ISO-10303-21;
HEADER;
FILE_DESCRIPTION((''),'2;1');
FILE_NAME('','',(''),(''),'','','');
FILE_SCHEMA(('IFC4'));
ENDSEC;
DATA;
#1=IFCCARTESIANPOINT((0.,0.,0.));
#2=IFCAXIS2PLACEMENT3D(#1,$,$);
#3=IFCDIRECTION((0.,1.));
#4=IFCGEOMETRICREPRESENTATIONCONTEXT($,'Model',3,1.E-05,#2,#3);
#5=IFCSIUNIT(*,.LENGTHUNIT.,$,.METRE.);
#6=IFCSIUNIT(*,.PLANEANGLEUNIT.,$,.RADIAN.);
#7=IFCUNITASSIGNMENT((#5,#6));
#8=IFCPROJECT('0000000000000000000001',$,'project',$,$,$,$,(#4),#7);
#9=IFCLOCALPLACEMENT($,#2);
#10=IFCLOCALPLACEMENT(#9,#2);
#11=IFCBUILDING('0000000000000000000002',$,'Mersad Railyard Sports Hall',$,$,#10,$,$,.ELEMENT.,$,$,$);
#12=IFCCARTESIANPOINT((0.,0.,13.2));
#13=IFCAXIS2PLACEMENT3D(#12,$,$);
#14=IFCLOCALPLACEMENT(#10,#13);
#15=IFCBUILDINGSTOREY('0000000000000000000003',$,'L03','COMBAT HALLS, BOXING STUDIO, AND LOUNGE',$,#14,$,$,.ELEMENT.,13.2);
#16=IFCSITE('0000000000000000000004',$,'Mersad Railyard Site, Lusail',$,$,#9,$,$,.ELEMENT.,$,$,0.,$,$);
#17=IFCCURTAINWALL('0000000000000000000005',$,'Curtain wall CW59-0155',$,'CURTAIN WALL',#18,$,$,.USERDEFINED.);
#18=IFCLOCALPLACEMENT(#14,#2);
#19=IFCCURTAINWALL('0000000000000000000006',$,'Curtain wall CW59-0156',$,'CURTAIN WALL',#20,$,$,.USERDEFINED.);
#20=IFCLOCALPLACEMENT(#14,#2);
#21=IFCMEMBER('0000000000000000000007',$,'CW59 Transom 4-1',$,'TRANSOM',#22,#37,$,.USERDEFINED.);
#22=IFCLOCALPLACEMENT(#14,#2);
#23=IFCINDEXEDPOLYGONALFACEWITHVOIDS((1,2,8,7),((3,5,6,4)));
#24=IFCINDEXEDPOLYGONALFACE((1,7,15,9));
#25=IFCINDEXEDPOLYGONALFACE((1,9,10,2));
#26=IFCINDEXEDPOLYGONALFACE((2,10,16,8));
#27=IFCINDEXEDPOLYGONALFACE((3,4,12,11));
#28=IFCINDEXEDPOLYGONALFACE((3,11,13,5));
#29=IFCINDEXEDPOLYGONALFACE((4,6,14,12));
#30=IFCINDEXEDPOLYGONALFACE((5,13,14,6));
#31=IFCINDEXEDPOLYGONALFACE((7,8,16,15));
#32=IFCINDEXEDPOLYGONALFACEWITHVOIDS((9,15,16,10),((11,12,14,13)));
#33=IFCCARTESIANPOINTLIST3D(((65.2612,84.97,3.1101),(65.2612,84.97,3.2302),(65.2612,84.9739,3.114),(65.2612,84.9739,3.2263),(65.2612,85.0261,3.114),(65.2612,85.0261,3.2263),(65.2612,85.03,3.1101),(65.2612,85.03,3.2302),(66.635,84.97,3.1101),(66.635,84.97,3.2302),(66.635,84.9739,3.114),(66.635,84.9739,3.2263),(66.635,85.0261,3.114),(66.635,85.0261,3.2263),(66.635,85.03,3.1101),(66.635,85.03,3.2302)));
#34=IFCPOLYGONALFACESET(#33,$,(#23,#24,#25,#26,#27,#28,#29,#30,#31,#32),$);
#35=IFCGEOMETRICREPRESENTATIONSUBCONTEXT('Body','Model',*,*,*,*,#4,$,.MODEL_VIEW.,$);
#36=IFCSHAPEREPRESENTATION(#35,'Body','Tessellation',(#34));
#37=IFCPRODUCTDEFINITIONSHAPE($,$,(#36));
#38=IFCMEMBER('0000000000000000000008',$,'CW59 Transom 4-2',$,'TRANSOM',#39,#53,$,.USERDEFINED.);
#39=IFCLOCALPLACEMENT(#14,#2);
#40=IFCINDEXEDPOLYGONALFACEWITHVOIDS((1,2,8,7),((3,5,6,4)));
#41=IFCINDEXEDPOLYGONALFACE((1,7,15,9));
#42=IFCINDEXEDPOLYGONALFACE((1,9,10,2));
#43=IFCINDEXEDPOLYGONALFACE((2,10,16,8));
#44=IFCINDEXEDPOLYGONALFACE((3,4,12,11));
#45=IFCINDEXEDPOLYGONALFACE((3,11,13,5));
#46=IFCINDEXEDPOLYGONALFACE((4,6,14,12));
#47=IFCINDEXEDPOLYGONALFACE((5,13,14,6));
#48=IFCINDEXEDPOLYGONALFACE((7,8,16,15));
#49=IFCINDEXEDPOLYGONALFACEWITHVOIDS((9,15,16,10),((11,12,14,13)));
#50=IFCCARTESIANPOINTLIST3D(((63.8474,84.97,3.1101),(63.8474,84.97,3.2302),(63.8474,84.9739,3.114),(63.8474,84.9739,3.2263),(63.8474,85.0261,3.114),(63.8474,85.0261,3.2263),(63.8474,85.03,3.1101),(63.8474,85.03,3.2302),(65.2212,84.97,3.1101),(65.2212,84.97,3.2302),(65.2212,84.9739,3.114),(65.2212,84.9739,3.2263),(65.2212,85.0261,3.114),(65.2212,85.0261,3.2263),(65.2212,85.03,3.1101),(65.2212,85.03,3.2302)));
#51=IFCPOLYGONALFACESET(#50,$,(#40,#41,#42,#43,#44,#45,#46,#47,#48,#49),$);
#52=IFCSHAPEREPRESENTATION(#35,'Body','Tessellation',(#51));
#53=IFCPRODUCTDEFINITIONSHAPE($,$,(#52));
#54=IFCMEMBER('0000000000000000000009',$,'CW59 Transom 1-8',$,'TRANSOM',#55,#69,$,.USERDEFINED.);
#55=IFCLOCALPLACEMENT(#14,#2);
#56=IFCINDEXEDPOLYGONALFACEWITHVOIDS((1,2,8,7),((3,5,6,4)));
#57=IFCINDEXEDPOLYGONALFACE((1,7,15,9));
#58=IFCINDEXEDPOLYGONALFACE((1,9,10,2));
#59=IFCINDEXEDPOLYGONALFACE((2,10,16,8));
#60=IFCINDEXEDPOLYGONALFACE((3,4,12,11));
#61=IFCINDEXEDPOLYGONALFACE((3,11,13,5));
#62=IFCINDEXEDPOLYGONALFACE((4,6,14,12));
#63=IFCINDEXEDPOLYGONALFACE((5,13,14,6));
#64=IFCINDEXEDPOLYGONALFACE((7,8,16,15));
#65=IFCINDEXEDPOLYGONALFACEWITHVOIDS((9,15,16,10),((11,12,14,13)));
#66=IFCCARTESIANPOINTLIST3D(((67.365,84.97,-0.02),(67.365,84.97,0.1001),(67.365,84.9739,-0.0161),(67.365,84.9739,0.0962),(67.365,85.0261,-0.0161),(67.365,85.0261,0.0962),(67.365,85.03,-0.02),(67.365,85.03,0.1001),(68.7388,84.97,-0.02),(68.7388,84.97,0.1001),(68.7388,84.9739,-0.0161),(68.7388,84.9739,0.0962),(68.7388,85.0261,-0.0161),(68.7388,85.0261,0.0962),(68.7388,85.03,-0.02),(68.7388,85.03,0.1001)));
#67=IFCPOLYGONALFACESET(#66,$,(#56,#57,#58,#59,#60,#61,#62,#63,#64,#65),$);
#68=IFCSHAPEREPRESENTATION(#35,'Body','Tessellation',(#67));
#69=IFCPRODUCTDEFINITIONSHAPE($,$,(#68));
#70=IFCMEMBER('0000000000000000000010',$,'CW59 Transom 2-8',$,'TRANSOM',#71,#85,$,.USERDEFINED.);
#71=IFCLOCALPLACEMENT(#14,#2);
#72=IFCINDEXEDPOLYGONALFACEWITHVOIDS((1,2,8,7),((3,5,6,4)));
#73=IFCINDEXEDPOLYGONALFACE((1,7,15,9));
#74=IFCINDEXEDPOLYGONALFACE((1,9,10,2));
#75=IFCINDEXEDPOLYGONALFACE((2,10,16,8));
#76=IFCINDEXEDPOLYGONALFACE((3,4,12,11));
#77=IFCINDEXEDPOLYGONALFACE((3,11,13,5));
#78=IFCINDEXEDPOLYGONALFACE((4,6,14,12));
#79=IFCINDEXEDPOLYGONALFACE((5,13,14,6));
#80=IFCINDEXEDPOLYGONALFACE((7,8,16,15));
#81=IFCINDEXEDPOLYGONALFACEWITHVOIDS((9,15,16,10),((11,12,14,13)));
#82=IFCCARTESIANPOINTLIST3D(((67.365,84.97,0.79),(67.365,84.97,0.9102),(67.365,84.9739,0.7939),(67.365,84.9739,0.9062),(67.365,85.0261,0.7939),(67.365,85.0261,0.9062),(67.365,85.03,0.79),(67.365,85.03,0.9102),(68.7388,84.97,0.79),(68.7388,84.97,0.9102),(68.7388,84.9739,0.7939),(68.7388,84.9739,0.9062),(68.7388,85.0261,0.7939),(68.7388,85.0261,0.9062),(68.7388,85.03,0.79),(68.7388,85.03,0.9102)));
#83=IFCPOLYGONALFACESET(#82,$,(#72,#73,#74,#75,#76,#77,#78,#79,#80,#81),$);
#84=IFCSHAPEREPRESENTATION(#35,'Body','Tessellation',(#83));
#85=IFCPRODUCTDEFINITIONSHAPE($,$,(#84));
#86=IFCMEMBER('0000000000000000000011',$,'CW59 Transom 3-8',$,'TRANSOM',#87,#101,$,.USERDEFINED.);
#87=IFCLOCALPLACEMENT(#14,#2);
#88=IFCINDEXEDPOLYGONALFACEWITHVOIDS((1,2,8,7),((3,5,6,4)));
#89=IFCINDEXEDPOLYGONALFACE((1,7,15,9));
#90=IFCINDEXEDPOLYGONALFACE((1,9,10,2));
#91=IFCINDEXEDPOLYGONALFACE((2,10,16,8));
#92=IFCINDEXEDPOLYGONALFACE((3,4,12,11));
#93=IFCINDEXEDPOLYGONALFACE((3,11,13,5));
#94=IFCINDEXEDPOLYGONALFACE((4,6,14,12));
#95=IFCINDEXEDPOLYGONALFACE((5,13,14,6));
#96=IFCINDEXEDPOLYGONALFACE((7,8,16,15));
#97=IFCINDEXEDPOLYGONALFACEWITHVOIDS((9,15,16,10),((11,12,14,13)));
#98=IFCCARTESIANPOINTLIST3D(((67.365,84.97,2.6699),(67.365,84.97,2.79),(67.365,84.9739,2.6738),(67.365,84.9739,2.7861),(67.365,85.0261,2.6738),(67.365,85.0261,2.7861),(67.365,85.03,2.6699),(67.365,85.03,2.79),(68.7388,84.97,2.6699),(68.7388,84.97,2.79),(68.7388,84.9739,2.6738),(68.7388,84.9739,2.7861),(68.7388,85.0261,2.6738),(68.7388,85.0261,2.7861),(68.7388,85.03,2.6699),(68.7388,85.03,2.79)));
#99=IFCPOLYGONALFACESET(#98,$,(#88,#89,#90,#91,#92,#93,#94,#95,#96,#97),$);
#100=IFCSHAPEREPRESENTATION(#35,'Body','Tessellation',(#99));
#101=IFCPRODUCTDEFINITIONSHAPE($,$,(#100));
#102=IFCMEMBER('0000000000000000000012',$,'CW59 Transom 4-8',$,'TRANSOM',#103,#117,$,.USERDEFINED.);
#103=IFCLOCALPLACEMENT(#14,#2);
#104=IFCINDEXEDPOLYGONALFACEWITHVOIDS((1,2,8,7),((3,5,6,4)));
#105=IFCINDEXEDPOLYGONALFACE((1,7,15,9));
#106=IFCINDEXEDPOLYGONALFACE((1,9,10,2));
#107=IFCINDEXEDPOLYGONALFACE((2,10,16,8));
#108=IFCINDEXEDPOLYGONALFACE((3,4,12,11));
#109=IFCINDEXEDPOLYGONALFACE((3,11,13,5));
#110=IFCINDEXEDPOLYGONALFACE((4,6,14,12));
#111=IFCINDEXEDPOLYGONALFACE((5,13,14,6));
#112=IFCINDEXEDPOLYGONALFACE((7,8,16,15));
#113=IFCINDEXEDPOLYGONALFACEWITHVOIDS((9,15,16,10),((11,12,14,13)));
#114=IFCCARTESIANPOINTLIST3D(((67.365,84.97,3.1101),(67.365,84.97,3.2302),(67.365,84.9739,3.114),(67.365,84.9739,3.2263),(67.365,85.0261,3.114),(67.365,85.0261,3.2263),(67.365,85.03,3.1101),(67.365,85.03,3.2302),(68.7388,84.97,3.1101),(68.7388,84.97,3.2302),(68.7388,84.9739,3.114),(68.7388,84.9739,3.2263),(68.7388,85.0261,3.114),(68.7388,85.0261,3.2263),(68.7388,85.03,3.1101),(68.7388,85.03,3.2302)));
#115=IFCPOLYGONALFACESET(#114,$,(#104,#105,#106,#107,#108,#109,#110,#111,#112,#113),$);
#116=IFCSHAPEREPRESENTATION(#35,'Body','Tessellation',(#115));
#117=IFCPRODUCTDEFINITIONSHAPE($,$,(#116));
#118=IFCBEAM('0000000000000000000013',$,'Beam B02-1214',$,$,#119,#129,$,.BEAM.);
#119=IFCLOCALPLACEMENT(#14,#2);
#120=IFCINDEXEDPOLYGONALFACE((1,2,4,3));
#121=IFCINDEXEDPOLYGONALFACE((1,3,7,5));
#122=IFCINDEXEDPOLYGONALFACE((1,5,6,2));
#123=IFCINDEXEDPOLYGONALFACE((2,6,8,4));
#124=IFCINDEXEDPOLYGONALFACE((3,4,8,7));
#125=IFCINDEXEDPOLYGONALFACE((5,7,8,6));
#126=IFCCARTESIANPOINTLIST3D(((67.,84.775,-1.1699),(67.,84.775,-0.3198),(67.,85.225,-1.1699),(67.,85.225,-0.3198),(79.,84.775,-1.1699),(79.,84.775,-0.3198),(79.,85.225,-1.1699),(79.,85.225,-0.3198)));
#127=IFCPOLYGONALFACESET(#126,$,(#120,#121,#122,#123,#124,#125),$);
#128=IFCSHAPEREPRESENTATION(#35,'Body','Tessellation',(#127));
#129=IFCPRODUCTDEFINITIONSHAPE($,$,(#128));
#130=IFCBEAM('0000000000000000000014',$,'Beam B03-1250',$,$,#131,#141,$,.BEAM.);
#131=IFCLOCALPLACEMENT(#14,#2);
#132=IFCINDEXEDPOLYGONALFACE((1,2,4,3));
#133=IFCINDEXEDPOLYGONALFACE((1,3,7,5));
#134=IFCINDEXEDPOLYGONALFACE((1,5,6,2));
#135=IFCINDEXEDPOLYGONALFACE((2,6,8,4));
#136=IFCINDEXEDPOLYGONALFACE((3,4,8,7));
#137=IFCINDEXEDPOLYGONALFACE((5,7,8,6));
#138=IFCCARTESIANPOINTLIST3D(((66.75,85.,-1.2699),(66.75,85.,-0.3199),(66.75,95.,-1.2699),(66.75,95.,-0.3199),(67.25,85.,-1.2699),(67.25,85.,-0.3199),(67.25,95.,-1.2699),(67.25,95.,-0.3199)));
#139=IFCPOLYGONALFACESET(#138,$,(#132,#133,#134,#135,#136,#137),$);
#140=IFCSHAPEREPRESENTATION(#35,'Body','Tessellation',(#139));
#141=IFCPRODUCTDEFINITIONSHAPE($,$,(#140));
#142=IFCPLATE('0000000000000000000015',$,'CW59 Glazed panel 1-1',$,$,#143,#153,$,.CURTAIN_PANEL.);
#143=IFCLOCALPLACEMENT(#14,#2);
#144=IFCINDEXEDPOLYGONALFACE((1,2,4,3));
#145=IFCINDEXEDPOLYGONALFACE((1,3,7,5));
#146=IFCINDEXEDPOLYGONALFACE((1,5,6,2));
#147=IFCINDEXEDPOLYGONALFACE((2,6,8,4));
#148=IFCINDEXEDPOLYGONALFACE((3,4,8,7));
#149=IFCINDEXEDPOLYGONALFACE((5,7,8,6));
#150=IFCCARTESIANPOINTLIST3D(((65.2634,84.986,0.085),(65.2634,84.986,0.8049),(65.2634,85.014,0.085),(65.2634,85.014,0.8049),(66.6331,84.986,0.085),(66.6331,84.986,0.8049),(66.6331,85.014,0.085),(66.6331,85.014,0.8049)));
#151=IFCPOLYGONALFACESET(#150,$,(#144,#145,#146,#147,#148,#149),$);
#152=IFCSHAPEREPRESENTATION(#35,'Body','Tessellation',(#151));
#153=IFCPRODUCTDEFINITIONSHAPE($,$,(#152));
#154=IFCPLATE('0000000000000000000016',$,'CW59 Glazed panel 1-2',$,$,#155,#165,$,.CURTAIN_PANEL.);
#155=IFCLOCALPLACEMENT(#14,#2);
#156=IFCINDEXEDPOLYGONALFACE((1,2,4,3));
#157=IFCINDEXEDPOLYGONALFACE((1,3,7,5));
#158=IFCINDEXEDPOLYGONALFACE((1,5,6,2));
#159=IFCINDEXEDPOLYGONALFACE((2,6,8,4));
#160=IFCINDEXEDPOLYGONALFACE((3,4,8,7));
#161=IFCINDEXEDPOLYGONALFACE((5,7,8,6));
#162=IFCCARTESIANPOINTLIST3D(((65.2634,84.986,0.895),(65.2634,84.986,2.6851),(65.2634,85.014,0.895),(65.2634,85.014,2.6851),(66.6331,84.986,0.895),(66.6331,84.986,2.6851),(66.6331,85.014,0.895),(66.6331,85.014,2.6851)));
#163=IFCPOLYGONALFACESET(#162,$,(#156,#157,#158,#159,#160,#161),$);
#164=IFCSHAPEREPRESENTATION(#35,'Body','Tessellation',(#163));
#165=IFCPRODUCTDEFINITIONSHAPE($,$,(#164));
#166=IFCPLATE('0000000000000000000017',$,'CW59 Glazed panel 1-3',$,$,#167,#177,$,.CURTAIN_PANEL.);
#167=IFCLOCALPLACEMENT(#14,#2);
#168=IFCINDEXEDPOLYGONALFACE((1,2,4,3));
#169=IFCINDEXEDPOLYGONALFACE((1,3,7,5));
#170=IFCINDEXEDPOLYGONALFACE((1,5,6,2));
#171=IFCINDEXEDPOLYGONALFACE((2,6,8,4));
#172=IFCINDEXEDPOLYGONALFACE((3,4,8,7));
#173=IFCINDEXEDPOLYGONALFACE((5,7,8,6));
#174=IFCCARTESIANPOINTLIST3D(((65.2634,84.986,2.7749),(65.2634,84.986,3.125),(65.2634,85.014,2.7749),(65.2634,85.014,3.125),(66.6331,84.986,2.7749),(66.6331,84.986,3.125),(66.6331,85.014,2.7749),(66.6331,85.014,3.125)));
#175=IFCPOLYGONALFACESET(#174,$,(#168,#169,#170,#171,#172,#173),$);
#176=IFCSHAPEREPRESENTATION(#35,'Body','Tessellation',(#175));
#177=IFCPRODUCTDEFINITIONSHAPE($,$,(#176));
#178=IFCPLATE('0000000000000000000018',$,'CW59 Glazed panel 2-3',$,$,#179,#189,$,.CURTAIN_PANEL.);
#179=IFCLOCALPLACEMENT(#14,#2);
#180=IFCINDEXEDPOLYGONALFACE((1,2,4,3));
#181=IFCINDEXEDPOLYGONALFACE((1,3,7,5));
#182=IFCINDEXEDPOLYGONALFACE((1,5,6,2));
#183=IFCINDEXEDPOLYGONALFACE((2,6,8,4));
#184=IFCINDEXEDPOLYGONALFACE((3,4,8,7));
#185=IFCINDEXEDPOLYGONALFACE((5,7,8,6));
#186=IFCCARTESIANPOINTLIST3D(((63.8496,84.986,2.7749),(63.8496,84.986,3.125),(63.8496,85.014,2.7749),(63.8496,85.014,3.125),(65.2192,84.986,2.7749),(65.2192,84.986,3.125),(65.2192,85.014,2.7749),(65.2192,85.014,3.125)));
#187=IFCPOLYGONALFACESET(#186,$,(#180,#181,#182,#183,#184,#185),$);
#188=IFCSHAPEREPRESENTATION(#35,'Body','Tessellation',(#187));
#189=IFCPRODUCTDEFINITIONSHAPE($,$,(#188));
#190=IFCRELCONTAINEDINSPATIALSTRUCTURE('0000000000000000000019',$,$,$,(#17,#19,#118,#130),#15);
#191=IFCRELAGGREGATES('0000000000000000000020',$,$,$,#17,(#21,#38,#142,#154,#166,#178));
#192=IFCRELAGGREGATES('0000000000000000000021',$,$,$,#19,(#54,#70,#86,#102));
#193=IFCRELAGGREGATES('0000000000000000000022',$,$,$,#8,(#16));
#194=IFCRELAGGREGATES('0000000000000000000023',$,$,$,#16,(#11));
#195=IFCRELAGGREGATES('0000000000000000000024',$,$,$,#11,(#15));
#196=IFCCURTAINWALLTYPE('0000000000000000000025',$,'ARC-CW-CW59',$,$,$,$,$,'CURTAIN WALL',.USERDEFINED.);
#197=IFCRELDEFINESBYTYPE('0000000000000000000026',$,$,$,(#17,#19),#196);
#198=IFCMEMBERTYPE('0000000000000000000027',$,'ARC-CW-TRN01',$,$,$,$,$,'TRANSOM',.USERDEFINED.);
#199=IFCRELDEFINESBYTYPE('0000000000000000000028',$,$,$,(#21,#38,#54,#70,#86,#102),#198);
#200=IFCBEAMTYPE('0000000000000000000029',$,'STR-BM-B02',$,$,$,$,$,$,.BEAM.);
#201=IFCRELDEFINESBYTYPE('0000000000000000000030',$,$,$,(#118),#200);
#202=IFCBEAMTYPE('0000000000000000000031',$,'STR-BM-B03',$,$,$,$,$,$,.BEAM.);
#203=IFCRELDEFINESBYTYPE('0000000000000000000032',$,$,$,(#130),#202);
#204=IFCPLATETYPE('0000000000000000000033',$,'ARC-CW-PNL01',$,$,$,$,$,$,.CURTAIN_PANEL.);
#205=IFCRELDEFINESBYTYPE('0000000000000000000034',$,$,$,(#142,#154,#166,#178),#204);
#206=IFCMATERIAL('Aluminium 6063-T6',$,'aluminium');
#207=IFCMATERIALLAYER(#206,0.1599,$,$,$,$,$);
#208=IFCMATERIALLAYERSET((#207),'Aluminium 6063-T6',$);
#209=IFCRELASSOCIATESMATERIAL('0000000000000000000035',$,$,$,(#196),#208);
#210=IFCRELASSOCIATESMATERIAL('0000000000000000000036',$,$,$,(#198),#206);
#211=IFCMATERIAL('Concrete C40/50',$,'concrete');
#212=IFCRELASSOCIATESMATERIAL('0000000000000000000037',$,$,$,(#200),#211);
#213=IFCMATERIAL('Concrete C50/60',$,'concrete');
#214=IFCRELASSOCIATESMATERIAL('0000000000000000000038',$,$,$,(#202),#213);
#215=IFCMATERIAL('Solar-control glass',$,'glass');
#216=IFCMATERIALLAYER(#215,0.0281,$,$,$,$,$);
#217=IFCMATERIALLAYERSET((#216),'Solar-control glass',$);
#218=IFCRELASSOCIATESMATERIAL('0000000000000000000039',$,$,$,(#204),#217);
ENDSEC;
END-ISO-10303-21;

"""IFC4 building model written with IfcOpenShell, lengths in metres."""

from ifc_helpers import new_model, si_unit, direction, frame, origin, origin_2d, place, context, subcontext, project, spatial, rectangle, hollow_rectangle, extrude, material, layer, layer_set, material_profile, profile_set, type_object, element, aggregate, save


model = new_model("IFC4")

# Units and contexts
model_context = context("Model", 3, precision=1e-05, world=origin(), true_north=direction((0.0, 1.0)))
body_context = subcontext(model_context, "Body", "Model", "MODEL_VIEW")
ifc_project = project(units=[si_unit("LENGTHUNIT", "METRE"), si_unit("PLANEANGLEUNIT", "RADIAN")], contexts=[model_context])

# Site, building, storey
site_placement = place(None, origin())
site = spatial("IfcSite", under=ifc_project, at=site_placement, Name="Mersad Railyard Site, Lusail", CompositionType="ELEMENT", RefElevation=0.0)
building_placement = place(site_placement, origin())
building = spatial("IfcBuilding", under=site, at=building_placement, Name="Mersad Railyard Sports Hall", CompositionType="ELEMENT")
storey_placement = place(building_placement, frame((0.0, 0.0, 13.2)))
storey = spatial("IfcBuildingStorey", under=building, at=storey_placement, Name="L03", Description="COMBAT HALLS, BOXING STUDIO, AND LOUNGE", CompositionType="ELEMENT", Elevation=13.2)

# Shared definitions
ifc_material_1 = material(Name="Concrete C40/50", Category="concrete")

# Curtain walls
ifc_material_2 = material(Name="Aluminium 6063-T6", Category="aluminium")
ifc_layer_1 = layer(ifc_material_2, 0.1599)
ifc_layer_set_1 = layer_set([ifc_layer_1], Name="Aluminium 6063-T6")
curtain_wall_type = type_object("IfcCurtainWallType", Name="ARC-CW-CW59", ElementType="CURTAIN WALL", PredefinedType="USERDEFINED", material=ifc_layer_set_1)
curtain_wall_1_placement = place(storey_placement, origin())
curtain_wall_1 = element("IfcCurtainWall", 1, at=curtain_wall_1_placement, inside=storey, type_object=curtain_wall_type, Name="Curtain wall CW59-0155", ObjectType="CURTAIN WALL", PredefinedType="USERDEFINED")
curtain_wall_2_placement = place(storey_placement, origin())
curtain_wall_2 = element("IfcCurtainWall", 2, at=curtain_wall_2_placement, inside=storey, type_object=curtain_wall_type, Name="Curtain wall CW59-0156", ObjectType="CURTAIN WALL", PredefinedType="USERDEFINED")

# Members
ifc_material_profile_1 = material_profile(ifc_material_2, hollow_rectangle(XDim=0.0601, YDim=0.1201, WallThickness=0.0039, at=origin_2d()), Name="AL TRANSOM 60x120x4")
ifc_profile_set_1 = profile_set([ifc_material_profile_1], Name="Aluminium 6063-T6")
member_type_1 = type_object("IfcMemberType", Name="ARC-CW-TRN01", ElementType="TRANSOM", PredefinedType="USERDEFINED", material=ifc_profile_set_1)
member_1_placement = place(storey_placement, frame((66.635, 85.0, 3.1702), z_axis=(-1.0, 0.0, 0.0), x_axis=(0.0, -1.0, 0.0)))
member_1 = element("IfcMember", 3, at=member_1_placement, type_object=member_type_1, Name="CW59 Transom 4-1", ObjectType="TRANSOM", PredefinedType="USERDEFINED", context=body_context, shape_type="SweptSolid", body=[
    extrude(hollow_rectangle(XDim=0.0601, YDim=0.1201, WallThickness=0.0039, at=origin_2d()), origin(), (0.0, 0.0, 1.0), 1.3738),
])
member_2_placement = place(storey_placement, frame((65.2212, 85.0, 3.1702), z_axis=(-1.0, 0.0, 0.0), x_axis=(0.0, -1.0, 0.0)))
member_2 = element("IfcMember", 4, at=member_2_placement, type_object=member_type_1, Name="CW59 Transom 4-2", ObjectType="TRANSOM", PredefinedType="USERDEFINED", context=body_context, shape_type="SweptSolid", body=[
    extrude(hollow_rectangle(XDim=0.0601, YDim=0.1201, WallThickness=0.0039, at=origin_2d()), origin(), (0.0, 0.0, 1.0), 1.3738),
])
member_3_placement = place(storey_placement, frame((68.7388, 85.0, 0.04), z_axis=(-1.0, 0.0, 0.0), x_axis=(0.0, -1.0, 0.0)))
member_3 = element("IfcMember", 5, at=member_3_placement, type_object=member_type_1, Name="CW59 Transom 1-8", ObjectType="TRANSOM", PredefinedType="USERDEFINED", context=body_context, shape_type="SweptSolid", body=[
    extrude(hollow_rectangle(XDim=0.0601, YDim=0.1201, WallThickness=0.0039, at=origin_2d()), origin(), (0.0, 0.0, 1.0), 1.3738),
])
member_4_placement = place(storey_placement, frame((68.7388, 85.0, 0.8501), z_axis=(-1.0, 0.0, 0.0), x_axis=(0.0, -1.0, 0.0)))
member_4 = element("IfcMember", 6, at=member_4_placement, type_object=member_type_1, Name="CW59 Transom 2-8", ObjectType="TRANSOM", PredefinedType="USERDEFINED", context=body_context, shape_type="SweptSolid", body=[
    extrude(hollow_rectangle(XDim=0.0601, YDim=0.1201, WallThickness=0.0039, at=origin_2d()), origin(), (0.0, 0.0, 1.0), 1.3738),
])
member_5_placement = place(storey_placement, frame((68.7388, 85.0, 2.73), z_axis=(-1.0, 0.0, 0.0), x_axis=(0.0, -1.0, 0.0)))
member_5 = element("IfcMember", 7, at=member_5_placement, type_object=member_type_1, Name="CW59 Transom 3-8", ObjectType="TRANSOM", PredefinedType="USERDEFINED", context=body_context, shape_type="SweptSolid", body=[
    extrude(hollow_rectangle(XDim=0.0601, YDim=0.1201, WallThickness=0.0039, at=origin_2d()), origin(), (0.0, 0.0, 1.0), 1.3738),
])
member_6_placement = place(storey_placement, frame((68.7388, 85.0, 3.1702), z_axis=(-1.0, 0.0, 0.0), x_axis=(0.0, -1.0, 0.0)))
member_6 = element("IfcMember", 8, at=member_6_placement, type_object=member_type_1, Name="CW59 Transom 4-8", ObjectType="TRANSOM", PredefinedType="USERDEFINED", context=body_context, shape_type="SweptSolid", body=[
    extrude(hollow_rectangle(XDim=0.0601, YDim=0.1201, WallThickness=0.0039, at=origin_2d()), origin(), (0.0, 0.0, 1.0), 1.3738),
])

# Beams
ifc_material_profile_2 = material_profile(ifc_material_1, rectangle(XDim=0.45, YDim=0.8501, at=origin_2d()), Name="RC 450x850")
ifc_profile_set_2 = profile_set([ifc_material_profile_2], Name="Concrete C40/50")
beam_type_1 = type_object("IfcBeamType", Name="STR-BM-B02", PredefinedType="BEAM", material=ifc_profile_set_2)
beam_1_placement = place(storey_placement, frame((67.0, 85.0, -0.7449), z_axis=(1.0, 0.0, 0.0), x_axis=(0.0, 1.0, 0.0)))
element("IfcBeam", 9, at=beam_1_placement, inside=storey, type_object=beam_type_1, Name="Beam B02-1214", PredefinedType="BEAM", context=body_context, shape_type="SweptSolid", body=[
    extrude(rectangle(XDim=0.45, YDim=0.8501, at=origin_2d()), origin(), (0.0, 0.0, 1.0), 12.0),
])
ifc_material_3 = material(Name="Concrete C50/60", Category="concrete")
ifc_material_profile_3 = material_profile(ifc_material_3, rectangle(XDim=0.5, YDim=0.95, at=origin_2d()), Name="RC 500x950")
ifc_profile_set_3 = profile_set([ifc_material_profile_3], Name="Concrete C50/60")
beam_type_2 = type_object("IfcBeamType", Name="STR-BM-B03", PredefinedType="BEAM", material=ifc_profile_set_3)
beam_2_placement = place(storey_placement, frame((67.0, 85.0, -0.7949), z_axis=(0.0, 1.0, 0.0), x_axis=(-1.0, 0.0, 0.0)))
element("IfcBeam", 10, at=beam_2_placement, inside=storey, type_object=beam_type_2, Name="Beam B03-1250", PredefinedType="BEAM", context=body_context, shape_type="SweptSolid", body=[
    extrude(rectangle(XDim=0.5, YDim=0.95, at=origin_2d()), origin(), (0.0, 0.0, 1.0), 10.0),
])

# Plates
ifc_material_4 = material(Name="Solar-control glass", Category="glass")
ifc_layer_2 = layer(ifc_material_4, 0.0281)
ifc_layer_set_2 = layer_set([ifc_layer_2], Name="Solar-control glass")
plate_type = type_object("IfcPlateType", Name="ARC-CW-PNL01", PredefinedType="CURTAIN_PANEL", material=ifc_layer_set_2)
plate_1_placement = place(storey_placement, frame((65.9482, 85.0, 0.085), z_axis=(0.0, 0.0, 1.0), x_axis=(-1.0, 0.0, 0.0)))
plate_1 = element("IfcPlate", 11, at=plate_1_placement, type_object=plate_type, Name="CW59 Glazed panel 1-1", PredefinedType="CURTAIN_PANEL", context=body_context, shape_type="SweptSolid", body=[
    extrude(rectangle(XDim=1.3696, YDim=0.0281, at=origin_2d()), origin(), (0.0, 0.0, 1.0), 0.72),
])
plate_2_placement = place(storey_placement, frame((65.9482, 85.0, 0.895), z_axis=(0.0, 0.0, 1.0), x_axis=(-1.0, 0.0, 0.0)))
plate_2 = element("IfcPlate", 12, at=plate_2_placement, type_object=plate_type, Name="CW59 Glazed panel 1-2", PredefinedType="CURTAIN_PANEL", context=body_context, shape_type="SweptSolid", body=[
    extrude(rectangle(XDim=1.3696, YDim=0.0281, at=origin_2d()), origin(), (0.0, 0.0, 1.0), 1.79),
])
plate_3_placement = place(storey_placement, frame((65.9482, 85.0, 2.7749), z_axis=(0.0, 0.0, 1.0), x_axis=(-1.0, 0.0, 0.0)))
plate_3 = element("IfcPlate", 13, at=plate_3_placement, type_object=plate_type, Name="CW59 Glazed panel 1-3", PredefinedType="CURTAIN_PANEL", context=body_context, shape_type="SweptSolid", body=[
    extrude(rectangle(XDim=1.3696, YDim=0.0281, at=origin_2d()), origin(), (0.0, 0.0, 1.0), 0.3501),
])
plate_4_placement = place(storey_placement, frame((64.5344, 85.0, 2.7749), z_axis=(0.0, 0.0, 1.0), x_axis=(-1.0, 0.0, 0.0)))
plate_4 = element("IfcPlate", 14, at=plate_4_placement, type_object=plate_type, Name="CW59 Glazed panel 2-3", PredefinedType="CURTAIN_PANEL", context=body_context, shape_type="SweptSolid", body=[
    extrude(rectangle(XDim=1.3696, YDim=0.0281, at=origin_2d()), origin(), (0.0, 0.0, 1.0), 0.3501),
])
aggregate(curtain_wall_1, [member_1, member_2, plate_1, plate_2, plate_3, plate_4])
aggregate(curtain_wall_2, [member_3, member_4, member_5, member_6])

save(model, "model.ifc")
